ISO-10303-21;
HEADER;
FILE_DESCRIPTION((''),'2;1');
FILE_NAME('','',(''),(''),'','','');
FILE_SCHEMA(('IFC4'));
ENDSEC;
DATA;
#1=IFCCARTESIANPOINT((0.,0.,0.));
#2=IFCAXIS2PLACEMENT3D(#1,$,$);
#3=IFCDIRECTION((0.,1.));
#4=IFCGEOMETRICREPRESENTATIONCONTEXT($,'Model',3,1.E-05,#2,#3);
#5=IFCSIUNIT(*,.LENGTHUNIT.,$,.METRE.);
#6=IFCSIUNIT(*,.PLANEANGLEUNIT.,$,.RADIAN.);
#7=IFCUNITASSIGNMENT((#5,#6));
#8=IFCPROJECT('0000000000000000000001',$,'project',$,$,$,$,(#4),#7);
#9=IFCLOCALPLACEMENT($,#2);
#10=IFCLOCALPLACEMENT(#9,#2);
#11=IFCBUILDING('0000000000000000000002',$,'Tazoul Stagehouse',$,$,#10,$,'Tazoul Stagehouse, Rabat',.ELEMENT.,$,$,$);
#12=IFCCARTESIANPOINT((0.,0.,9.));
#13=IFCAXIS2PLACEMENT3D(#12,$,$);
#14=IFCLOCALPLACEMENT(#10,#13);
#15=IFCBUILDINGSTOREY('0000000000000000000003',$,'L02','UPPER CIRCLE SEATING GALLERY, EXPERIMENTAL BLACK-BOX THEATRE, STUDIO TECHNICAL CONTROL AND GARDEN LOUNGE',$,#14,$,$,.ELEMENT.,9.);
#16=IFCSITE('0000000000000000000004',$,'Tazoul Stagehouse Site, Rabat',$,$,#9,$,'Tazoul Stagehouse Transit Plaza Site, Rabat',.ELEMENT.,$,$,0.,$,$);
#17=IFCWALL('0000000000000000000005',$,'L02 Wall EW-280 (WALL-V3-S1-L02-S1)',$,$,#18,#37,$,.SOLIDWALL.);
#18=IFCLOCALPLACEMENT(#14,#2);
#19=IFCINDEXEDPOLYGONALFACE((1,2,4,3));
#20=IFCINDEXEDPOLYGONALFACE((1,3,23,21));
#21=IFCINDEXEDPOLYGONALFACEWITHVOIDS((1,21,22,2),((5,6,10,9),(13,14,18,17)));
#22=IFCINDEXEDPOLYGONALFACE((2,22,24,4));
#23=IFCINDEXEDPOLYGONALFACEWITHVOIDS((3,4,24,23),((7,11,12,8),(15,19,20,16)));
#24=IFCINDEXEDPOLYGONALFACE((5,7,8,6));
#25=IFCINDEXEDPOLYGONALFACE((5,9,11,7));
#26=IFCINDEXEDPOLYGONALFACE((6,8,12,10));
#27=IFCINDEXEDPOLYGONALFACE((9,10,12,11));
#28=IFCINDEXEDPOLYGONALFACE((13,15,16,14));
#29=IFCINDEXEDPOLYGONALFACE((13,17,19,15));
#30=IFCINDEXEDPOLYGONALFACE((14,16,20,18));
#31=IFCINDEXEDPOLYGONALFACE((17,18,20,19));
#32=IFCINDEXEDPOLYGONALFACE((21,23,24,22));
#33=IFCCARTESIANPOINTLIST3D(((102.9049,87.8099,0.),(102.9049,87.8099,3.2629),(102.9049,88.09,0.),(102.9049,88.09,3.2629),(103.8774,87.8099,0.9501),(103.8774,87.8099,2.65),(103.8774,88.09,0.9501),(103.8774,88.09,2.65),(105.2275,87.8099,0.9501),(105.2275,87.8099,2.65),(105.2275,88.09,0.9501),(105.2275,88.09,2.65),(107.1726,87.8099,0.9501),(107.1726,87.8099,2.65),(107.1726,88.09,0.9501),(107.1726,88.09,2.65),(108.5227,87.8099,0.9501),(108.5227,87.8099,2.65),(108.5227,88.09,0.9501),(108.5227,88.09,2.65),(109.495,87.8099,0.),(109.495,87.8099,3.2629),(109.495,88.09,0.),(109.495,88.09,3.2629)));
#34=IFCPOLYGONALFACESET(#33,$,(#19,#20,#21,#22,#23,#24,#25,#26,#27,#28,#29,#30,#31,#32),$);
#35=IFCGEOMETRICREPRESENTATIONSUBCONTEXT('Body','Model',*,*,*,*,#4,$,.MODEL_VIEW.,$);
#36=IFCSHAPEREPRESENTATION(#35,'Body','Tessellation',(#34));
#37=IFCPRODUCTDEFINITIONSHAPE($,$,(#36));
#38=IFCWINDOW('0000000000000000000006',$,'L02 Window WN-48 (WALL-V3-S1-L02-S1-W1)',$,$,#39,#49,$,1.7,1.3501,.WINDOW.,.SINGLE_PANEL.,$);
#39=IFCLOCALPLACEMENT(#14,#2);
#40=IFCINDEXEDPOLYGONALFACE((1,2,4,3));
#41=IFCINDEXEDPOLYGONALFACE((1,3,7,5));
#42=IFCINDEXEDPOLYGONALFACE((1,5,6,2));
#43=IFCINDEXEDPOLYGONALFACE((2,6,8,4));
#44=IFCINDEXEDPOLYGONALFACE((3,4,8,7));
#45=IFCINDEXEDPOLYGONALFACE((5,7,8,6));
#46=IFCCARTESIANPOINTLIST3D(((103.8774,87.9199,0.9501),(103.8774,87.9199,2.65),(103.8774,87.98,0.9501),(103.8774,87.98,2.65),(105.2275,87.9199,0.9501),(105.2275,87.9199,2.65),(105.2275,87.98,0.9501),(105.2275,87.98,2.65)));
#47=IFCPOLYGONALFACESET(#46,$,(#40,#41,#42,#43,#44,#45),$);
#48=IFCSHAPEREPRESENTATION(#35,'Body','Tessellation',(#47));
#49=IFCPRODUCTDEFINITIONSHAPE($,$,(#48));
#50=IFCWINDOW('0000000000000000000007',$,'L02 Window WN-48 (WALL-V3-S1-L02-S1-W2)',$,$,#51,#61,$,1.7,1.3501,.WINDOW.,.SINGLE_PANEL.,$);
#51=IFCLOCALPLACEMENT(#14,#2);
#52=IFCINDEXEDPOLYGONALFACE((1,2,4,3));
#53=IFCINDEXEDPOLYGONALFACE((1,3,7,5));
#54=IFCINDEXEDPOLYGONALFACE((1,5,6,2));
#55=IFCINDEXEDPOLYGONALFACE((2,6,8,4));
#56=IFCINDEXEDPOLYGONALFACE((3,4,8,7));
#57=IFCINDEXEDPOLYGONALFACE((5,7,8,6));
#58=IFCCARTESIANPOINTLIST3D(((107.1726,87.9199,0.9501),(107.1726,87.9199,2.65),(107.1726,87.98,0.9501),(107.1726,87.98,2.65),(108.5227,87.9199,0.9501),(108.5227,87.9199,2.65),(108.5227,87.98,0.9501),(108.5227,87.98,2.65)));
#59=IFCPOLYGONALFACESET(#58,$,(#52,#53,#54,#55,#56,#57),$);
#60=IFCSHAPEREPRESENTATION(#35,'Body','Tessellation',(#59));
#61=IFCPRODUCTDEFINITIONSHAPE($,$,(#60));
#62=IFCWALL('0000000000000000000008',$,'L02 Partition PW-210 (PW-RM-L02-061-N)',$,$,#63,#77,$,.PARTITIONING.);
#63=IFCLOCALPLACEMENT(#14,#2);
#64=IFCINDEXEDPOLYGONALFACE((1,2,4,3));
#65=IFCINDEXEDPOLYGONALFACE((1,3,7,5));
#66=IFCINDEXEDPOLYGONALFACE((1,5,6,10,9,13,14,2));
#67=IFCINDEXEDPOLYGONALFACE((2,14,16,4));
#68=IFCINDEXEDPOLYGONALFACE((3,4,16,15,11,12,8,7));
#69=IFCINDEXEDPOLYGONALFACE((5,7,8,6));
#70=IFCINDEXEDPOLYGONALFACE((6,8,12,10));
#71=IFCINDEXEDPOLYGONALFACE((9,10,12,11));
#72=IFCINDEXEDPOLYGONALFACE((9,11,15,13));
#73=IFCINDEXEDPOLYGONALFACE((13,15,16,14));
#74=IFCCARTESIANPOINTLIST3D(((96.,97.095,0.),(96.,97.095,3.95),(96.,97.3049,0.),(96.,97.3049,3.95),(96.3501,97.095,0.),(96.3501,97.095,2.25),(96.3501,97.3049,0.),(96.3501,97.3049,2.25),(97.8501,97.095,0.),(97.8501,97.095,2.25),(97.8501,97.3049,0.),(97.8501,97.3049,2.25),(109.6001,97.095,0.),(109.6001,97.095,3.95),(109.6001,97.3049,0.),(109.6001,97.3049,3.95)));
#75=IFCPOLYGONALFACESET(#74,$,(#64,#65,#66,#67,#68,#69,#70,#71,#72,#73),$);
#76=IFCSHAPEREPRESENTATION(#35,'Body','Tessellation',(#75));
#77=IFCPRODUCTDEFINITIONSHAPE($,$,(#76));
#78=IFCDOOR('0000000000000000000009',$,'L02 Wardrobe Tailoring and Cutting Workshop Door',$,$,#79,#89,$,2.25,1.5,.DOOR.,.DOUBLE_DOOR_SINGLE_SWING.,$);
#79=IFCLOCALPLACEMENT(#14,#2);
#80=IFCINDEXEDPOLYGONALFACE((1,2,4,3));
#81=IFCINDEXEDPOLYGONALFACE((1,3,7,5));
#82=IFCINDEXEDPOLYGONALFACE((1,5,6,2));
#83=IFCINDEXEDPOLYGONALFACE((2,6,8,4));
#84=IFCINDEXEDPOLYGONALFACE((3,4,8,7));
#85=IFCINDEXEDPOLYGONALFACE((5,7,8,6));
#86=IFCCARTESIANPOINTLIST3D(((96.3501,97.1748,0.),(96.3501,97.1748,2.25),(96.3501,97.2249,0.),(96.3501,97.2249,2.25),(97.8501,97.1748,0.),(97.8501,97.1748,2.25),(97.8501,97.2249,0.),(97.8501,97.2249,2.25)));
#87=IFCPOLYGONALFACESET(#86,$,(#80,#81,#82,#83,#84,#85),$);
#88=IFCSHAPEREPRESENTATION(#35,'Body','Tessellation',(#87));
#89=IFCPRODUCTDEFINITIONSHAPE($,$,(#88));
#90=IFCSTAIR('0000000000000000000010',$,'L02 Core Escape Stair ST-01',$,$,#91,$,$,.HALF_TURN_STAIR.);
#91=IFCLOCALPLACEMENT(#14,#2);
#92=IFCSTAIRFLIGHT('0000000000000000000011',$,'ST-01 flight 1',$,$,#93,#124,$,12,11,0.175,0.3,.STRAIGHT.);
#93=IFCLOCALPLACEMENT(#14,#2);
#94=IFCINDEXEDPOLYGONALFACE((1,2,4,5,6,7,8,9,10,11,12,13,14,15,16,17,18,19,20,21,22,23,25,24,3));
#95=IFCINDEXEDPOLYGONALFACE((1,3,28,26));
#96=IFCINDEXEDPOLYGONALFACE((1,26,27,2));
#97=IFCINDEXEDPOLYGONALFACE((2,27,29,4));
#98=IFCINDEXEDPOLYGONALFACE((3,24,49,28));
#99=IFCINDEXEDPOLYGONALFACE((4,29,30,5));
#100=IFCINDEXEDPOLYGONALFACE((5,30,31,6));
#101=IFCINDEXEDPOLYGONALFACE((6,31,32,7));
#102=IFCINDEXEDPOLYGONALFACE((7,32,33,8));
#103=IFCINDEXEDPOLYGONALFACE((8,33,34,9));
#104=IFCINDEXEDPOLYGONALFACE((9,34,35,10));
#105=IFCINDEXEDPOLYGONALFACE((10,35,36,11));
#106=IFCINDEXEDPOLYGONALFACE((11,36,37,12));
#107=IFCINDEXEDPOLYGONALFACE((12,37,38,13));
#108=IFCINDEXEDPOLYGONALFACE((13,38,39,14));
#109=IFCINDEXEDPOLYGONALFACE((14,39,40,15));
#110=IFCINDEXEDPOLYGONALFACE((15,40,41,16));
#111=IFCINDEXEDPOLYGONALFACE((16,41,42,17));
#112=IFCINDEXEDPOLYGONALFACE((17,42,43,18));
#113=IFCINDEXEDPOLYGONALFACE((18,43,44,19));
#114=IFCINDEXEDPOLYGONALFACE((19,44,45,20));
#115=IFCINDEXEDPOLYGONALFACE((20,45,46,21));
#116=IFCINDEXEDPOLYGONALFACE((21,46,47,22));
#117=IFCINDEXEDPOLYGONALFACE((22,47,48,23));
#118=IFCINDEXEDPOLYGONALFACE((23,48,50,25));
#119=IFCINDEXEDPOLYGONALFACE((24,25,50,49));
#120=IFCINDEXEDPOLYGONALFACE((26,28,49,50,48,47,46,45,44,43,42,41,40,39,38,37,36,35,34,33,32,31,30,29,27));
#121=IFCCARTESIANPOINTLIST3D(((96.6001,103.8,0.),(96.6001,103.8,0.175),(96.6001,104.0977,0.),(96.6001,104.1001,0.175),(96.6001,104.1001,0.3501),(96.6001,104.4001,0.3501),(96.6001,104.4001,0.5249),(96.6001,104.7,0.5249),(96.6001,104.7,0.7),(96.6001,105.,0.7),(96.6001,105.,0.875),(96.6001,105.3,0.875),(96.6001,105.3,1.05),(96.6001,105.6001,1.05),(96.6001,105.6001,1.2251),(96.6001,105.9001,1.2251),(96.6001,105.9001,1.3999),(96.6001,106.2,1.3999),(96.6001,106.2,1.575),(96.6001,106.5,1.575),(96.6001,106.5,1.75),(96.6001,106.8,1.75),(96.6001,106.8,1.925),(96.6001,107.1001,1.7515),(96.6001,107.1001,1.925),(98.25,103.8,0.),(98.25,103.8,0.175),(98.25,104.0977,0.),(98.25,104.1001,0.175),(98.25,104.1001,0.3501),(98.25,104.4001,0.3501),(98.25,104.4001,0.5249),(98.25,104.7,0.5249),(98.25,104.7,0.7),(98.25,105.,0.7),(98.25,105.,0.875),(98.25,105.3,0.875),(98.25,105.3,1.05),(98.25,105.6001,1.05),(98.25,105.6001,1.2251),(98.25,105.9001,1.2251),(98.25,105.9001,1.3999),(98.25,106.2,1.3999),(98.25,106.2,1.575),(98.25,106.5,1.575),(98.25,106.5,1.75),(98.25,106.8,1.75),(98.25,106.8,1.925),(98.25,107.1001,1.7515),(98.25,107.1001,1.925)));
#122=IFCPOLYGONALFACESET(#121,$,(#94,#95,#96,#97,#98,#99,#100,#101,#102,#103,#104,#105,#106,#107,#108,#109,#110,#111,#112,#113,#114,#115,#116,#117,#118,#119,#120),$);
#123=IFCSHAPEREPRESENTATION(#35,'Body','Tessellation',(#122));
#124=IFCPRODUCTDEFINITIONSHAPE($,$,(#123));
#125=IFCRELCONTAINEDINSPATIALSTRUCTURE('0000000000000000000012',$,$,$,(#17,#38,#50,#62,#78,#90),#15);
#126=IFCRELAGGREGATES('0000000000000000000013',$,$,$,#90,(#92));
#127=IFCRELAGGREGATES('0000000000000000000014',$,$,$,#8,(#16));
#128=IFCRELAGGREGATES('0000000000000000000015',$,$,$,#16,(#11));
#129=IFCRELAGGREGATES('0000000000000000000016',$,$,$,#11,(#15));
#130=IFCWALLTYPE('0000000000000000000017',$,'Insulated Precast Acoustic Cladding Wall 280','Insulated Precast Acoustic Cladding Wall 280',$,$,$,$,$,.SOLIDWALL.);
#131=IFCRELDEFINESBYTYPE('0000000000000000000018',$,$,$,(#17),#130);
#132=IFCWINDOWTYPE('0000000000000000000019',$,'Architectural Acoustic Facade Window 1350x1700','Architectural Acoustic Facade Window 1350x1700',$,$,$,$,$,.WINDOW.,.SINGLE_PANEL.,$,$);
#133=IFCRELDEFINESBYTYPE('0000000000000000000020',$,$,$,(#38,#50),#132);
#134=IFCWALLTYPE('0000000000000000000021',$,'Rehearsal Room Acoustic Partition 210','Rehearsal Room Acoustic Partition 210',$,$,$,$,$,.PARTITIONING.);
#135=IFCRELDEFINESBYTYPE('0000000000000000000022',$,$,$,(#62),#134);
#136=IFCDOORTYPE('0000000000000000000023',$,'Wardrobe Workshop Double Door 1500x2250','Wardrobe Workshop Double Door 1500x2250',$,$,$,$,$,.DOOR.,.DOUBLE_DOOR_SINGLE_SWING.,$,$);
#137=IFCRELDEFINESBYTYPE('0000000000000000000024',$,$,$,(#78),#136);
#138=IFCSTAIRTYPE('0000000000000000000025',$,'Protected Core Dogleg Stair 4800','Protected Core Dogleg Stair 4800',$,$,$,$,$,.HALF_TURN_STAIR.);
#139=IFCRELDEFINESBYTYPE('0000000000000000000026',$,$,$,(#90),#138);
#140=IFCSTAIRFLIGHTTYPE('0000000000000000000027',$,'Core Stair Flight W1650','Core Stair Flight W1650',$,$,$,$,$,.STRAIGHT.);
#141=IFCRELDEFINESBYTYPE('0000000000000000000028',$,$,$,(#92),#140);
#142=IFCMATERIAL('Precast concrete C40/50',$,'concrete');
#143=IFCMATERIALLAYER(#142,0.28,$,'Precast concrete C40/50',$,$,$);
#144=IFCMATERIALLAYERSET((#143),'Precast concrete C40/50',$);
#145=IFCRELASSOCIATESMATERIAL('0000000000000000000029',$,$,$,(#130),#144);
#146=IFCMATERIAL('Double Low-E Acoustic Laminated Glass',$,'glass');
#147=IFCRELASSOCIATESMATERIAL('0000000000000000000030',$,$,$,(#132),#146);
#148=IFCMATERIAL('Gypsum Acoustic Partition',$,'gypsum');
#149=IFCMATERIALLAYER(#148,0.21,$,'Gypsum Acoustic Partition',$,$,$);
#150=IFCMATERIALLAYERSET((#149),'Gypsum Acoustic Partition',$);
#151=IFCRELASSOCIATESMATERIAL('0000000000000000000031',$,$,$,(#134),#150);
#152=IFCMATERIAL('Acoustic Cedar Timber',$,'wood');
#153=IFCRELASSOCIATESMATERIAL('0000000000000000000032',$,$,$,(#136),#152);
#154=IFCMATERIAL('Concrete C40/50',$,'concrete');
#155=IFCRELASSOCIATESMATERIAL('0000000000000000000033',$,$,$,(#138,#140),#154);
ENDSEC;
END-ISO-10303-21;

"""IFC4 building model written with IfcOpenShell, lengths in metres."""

from ifc_helpers import new_model, si_unit, direction, frame, frame_2d, origin, place, context, subcontext, project, spatial, polyline, rectangle, outline, extrude, material, layer, layer_set, type_object, element, fill, aggregate, save


model = new_model("IFC4")

# Units and contexts
model_context = context("Model", 3, precision=1e-05, world=origin(), true_north=direction((0.0, 1.0)))
body_context = subcontext(model_context, "Body", "Model", "MODEL_VIEW")
ifc_project = project(units=[si_unit("LENGTHUNIT", "METRE"), si_unit("PLANEANGLEUNIT", "RADIAN")], contexts=[model_context])

# Site, building, storey
site_placement = place(None, origin())
site = spatial("IfcSite", under=ifc_project, at=site_placement, Name="Tazoul Stagehouse Site, Rabat", LongName="Tazoul Stagehouse Transit Plaza Site, Rabat", CompositionType="ELEMENT", RefElevation=0.0)
building_placement = place(site_placement, origin())
building = spatial("IfcBuilding", under=site, at=building_placement, Name="Tazoul Stagehouse", LongName="Tazoul Stagehouse, Rabat", CompositionType="ELEMENT")
storey_placement = place(building_placement, frame((0.0, 0.0, 9.0)))
storey = spatial("IfcBuildingStorey", under=building, at=storey_placement, Name="L02", Description="UPPER CIRCLE SEATING GALLERY, EXPERIMENTAL BLACK-BOX THEATRE, STUDIO TECHNICAL CONTROL AND GARDEN LOUNGE", CompositionType="ELEMENT", Elevation=9.0)

# Shared definitions
ifc_material_1 = material(Name="Concrete C40/50", Category="concrete")

# Shared definitions
ifc_material_2 = material(Name="Double Low-E Acoustic Laminated Glass", Category="glass")

# Wall, openings, windows
ifc_material_3 = material(Name="Precast concrete C40/50", Category="concrete")
ifc_layer_1 = layer(ifc_material_3, 0.28, Name="Precast concrete C40/50")
ifc_layer_set_1 = layer_set([ifc_layer_1], Name="Precast concrete C40/50")
wall_type_1 = type_object("IfcWallType", Name="Insulated Precast Acoustic Cladding Wall 280", Description="Insulated Precast Acoustic Cladding Wall 280", PredefinedType="SOLIDWALL", material=ifc_layer_set_1)
wall_1_placement = place(storey_placement, frame((102.905, 87.95, 0.0), z_axis=(0.0, 0.0, 1.0), x_axis=(1.0, 0.0, 0.0)))
wall_1 = element("IfcWall", 1, at=wall_1_placement, inside=storey, type_object=wall_type_1, Name="L02 Wall EW-280 (WALL-V3-S1-L02-S1)", PredefinedType="SOLIDWALL", context=body_context, shape_type="SweptSolid", body=[
    extrude(rectangle(XDim=6.5901, YDim=0.28, at=frame_2d((3.2949, 0.0))), origin(), (0.0, 0.0, 1.0), 3.2629),
])
opening_1_placement = place(wall_1_placement, frame((0.9724, 0.0, 0.95)))
opening_1 = element("IfcOpeningElement", 2, at=opening_1_placement, cuts=wall_1, PredefinedType="OPENING", context=body_context, shape_type="SweptSolid", body=[
    extrude(rectangle(XDim=1.3501, YDim=1.7, at=frame_2d((0.675, 0.8501))), frame((0.0, 0.1599, 0.0), z_axis=(0.0, -1.0, 0.0), x_axis=(1.0, 0.0, 0.0)), (0.0, 0.0, 1.0), 0.3201),
])
opening_2_placement = place(wall_1_placement, frame((4.2676, 0.0, 0.95)))
opening_2 = element("IfcOpeningElement", 3, at=opening_2_placement, cuts=wall_1, PredefinedType="OPENING", context=body_context, shape_type="SweptSolid", body=[
    extrude(rectangle(XDim=1.3501, YDim=1.7, at=frame_2d((0.675, 0.8501))), frame((0.0, 0.1599, 0.0), z_axis=(0.0, -1.0, 0.0), x_axis=(1.0, 0.0, 0.0)), (0.0, 0.0, 1.0), 0.3201),
])
window_type_1 = type_object("IfcWindowType", Name="Architectural Acoustic Facade Window 1350x1700", Description="Architectural Acoustic Facade Window 1350x1700", PartitioningType="SINGLE_PANEL", PredefinedType="WINDOW", material=ifc_material_2)
window_1_placement = place(opening_1_placement, origin())
window_1 = element("IfcWindow", 4, at=window_1_placement, inside=storey, type_object=window_type_1, Name="L02 Window WN-48 (WALL-V3-S1-L02-S1-W1)", OverallHeight=1.7, OverallWidth=1.3501, PartitioningType="SINGLE_PANEL", PredefinedType="WINDOW", context=body_context, shape_type="SweptSolid", body=[
    extrude(rectangle(XDim=1.3501, YDim=1.7, at=frame_2d((0.675, 0.8501))), frame((0.0, 0.03, 0.0), z_axis=(0.0, -1.0, 0.0), x_axis=(1.0, 0.0, 0.0)), (0.0, 0.0, 1.0), 0.0601),
])
fill(opening_1, window_1)
window_2_placement = place(opening_2_placement, origin())
window_2 = element("IfcWindow", 5, at=window_2_placement, inside=storey, type_object=window_type_1, Name="L02 Window WN-48 (WALL-V3-S1-L02-S1-W2)", OverallHeight=1.7, OverallWidth=1.3501, PartitioningType="SINGLE_PANEL", PredefinedType="WINDOW", context=body_context, shape_type="SweptSolid", body=[
    extrude(rectangle(XDim=1.3501, YDim=1.7, at=frame_2d((0.675, 0.8501))), frame((0.0, 0.03, 0.0), z_axis=(0.0, -1.0, 0.0), x_axis=(1.0, 0.0, 0.0)), (0.0, 0.0, 1.0), 0.0601),
])
fill(opening_2, window_2)

# Wall, opening, door
ifc_material_4 = material(Name="Gypsum Acoustic Partition", Category="gypsum")
ifc_layer_2 = layer(ifc_material_4, 0.21, Name="Gypsum Acoustic Partition")
ifc_layer_set_2 = layer_set([ifc_layer_2], Name="Gypsum Acoustic Partition")
wall_type_2 = type_object("IfcWallType", Name="Rehearsal Room Acoustic Partition 210", Description="Rehearsal Room Acoustic Partition 210", PredefinedType="PARTITIONING", material=ifc_layer_set_2)
wall_2_placement = place(storey_placement, frame((96.0, 97.2, 0.0), z_axis=(0.0, 0.0, 1.0), x_axis=(1.0, 0.0, 0.0)))
wall_2 = element("IfcWall", 6, at=wall_2_placement, inside=storey, type_object=wall_type_2, Name="L02 Partition PW-210 (PW-RM-L02-061-N)", PredefinedType="PARTITIONING", context=body_context, shape_type="SweptSolid", body=[
    extrude(rectangle(XDim=13.6001, YDim=0.21, at=frame_2d((6.8, 0.0))), origin(), (0.0, 0.0, 1.0), 3.95),
])
opening_3_placement = place(wall_2_placement, frame((0.3501, 0.0, 0.0)))
opening_3 = element("IfcOpeningElement", 7, at=opening_3_placement, cuts=wall_2, PredefinedType="OPENING", context=body_context, shape_type="SweptSolid", body=[
    extrude(rectangle(XDim=1.5, YDim=2.25, at=frame_2d((0.75, 1.125))), frame((0.0, 0.125, 0.0), z_axis=(0.0, -1.0, 0.0), x_axis=(1.0, 0.0, 0.0)), (0.0, 0.0, 1.0), 0.25),
])
ifc_material_5 = material(Name="Acoustic Cedar Timber", Category="wood")
door_type_1 = type_object("IfcDoorType", Name="Wardrobe Workshop Double Door 1500x2250", Description="Wardrobe Workshop Double Door 1500x2250", OperationType="DOUBLE_DOOR_SINGLE_SWING", PredefinedType="DOOR", material=ifc_material_5)
door_1_placement = place(opening_3_placement, origin())
door_1 = element("IfcDoor", 8, at=door_1_placement, inside=storey, type_object=door_type_1, Name="L02 Wardrobe Tailoring and Cutting Workshop Door", OperationType="DOUBLE_DOOR_SINGLE_SWING", OverallHeight=2.25, OverallWidth=1.5, PredefinedType="DOOR", context=body_context, shape_type="SweptSolid", body=[
    extrude(rectangle(XDim=1.5, YDim=2.25, at=frame_2d((0.75, 1.125))), frame((0.0, 0.0249, 0.0), z_axis=(0.0, -1.0, 0.0), x_axis=(1.0, 0.0, 0.0)), (0.0, 0.0, 1.0), 0.05),
])
fill(opening_3, door_1)

# Stair, stair flight
stair_type = type_object("IfcStairType", Name="Protected Core Dogleg Stair 4800", Description="Protected Core Dogleg Stair 4800", PredefinedType="HALF_TURN_STAIR", material=ifc_material_1)
stair_placement = place(storey_placement, origin())
stair = element("IfcStair", 9, at=stair_placement, inside=storey, type_object=stair_type, Name="L02 Core Escape Stair ST-01", PredefinedType="HALF_TURN_STAIR")
stair_flight_type = type_object("IfcStairFlightType", Name="Core Stair Flight W1650", Description="Core Stair Flight W1650", PredefinedType="STRAIGHT", material=ifc_material_1)
stair_flight_placement = place(storey_placement, frame((97.425, 103.8, 0.0), z_axis=(0.0, 0.0, 1.0), x_axis=(0.0, 1.0, 0.0)))
stair_flight = element("IfcStairFlight", 10, at=stair_flight_placement, type_object=stair_flight_type, Name="ST-01 flight 1", NumberOfRisers=12, NumberOfTreads=11, PredefinedType="STRAIGHT", RiserHeight=0.175, TreadLength=0.3, context=body_context, shape_type="SweptSolid", body=[
    extrude(outline(polyline([(0.0, 0.0), (0.0, 0.175), (0.3, 0.175), (0.3, 0.3501), (0.6001, 0.3501), (0.6001, 0.5249), (0.8999, 0.5249), (0.8999, 0.7), (1.2, 0.7), (1.2, 0.875), (1.5, 0.875), (1.5, 1.05), (1.8, 1.05), (1.8, 1.2251), (2.1001, 1.2251), (2.1001, 1.3999), (2.3999, 1.3999), (2.3999, 1.575), (2.7, 1.575), (2.7, 1.75), (3.0, 1.75), (3.0, 1.925), (3.3, 1.925), (3.3, 2.1001), (3.3, 1.7515), (0.2976, 0.0), (0.0, 0.0)])), frame((0.0, 0.825, 0.0), z_axis=(0.0, -1.0, 0.0), x_axis=(1.0, 0.0, 0.0)), (0.0, 0.0, 1.0), 1.6499),
])
aggregate(stair, [stair_flight])

save(model, "model.ifc")
